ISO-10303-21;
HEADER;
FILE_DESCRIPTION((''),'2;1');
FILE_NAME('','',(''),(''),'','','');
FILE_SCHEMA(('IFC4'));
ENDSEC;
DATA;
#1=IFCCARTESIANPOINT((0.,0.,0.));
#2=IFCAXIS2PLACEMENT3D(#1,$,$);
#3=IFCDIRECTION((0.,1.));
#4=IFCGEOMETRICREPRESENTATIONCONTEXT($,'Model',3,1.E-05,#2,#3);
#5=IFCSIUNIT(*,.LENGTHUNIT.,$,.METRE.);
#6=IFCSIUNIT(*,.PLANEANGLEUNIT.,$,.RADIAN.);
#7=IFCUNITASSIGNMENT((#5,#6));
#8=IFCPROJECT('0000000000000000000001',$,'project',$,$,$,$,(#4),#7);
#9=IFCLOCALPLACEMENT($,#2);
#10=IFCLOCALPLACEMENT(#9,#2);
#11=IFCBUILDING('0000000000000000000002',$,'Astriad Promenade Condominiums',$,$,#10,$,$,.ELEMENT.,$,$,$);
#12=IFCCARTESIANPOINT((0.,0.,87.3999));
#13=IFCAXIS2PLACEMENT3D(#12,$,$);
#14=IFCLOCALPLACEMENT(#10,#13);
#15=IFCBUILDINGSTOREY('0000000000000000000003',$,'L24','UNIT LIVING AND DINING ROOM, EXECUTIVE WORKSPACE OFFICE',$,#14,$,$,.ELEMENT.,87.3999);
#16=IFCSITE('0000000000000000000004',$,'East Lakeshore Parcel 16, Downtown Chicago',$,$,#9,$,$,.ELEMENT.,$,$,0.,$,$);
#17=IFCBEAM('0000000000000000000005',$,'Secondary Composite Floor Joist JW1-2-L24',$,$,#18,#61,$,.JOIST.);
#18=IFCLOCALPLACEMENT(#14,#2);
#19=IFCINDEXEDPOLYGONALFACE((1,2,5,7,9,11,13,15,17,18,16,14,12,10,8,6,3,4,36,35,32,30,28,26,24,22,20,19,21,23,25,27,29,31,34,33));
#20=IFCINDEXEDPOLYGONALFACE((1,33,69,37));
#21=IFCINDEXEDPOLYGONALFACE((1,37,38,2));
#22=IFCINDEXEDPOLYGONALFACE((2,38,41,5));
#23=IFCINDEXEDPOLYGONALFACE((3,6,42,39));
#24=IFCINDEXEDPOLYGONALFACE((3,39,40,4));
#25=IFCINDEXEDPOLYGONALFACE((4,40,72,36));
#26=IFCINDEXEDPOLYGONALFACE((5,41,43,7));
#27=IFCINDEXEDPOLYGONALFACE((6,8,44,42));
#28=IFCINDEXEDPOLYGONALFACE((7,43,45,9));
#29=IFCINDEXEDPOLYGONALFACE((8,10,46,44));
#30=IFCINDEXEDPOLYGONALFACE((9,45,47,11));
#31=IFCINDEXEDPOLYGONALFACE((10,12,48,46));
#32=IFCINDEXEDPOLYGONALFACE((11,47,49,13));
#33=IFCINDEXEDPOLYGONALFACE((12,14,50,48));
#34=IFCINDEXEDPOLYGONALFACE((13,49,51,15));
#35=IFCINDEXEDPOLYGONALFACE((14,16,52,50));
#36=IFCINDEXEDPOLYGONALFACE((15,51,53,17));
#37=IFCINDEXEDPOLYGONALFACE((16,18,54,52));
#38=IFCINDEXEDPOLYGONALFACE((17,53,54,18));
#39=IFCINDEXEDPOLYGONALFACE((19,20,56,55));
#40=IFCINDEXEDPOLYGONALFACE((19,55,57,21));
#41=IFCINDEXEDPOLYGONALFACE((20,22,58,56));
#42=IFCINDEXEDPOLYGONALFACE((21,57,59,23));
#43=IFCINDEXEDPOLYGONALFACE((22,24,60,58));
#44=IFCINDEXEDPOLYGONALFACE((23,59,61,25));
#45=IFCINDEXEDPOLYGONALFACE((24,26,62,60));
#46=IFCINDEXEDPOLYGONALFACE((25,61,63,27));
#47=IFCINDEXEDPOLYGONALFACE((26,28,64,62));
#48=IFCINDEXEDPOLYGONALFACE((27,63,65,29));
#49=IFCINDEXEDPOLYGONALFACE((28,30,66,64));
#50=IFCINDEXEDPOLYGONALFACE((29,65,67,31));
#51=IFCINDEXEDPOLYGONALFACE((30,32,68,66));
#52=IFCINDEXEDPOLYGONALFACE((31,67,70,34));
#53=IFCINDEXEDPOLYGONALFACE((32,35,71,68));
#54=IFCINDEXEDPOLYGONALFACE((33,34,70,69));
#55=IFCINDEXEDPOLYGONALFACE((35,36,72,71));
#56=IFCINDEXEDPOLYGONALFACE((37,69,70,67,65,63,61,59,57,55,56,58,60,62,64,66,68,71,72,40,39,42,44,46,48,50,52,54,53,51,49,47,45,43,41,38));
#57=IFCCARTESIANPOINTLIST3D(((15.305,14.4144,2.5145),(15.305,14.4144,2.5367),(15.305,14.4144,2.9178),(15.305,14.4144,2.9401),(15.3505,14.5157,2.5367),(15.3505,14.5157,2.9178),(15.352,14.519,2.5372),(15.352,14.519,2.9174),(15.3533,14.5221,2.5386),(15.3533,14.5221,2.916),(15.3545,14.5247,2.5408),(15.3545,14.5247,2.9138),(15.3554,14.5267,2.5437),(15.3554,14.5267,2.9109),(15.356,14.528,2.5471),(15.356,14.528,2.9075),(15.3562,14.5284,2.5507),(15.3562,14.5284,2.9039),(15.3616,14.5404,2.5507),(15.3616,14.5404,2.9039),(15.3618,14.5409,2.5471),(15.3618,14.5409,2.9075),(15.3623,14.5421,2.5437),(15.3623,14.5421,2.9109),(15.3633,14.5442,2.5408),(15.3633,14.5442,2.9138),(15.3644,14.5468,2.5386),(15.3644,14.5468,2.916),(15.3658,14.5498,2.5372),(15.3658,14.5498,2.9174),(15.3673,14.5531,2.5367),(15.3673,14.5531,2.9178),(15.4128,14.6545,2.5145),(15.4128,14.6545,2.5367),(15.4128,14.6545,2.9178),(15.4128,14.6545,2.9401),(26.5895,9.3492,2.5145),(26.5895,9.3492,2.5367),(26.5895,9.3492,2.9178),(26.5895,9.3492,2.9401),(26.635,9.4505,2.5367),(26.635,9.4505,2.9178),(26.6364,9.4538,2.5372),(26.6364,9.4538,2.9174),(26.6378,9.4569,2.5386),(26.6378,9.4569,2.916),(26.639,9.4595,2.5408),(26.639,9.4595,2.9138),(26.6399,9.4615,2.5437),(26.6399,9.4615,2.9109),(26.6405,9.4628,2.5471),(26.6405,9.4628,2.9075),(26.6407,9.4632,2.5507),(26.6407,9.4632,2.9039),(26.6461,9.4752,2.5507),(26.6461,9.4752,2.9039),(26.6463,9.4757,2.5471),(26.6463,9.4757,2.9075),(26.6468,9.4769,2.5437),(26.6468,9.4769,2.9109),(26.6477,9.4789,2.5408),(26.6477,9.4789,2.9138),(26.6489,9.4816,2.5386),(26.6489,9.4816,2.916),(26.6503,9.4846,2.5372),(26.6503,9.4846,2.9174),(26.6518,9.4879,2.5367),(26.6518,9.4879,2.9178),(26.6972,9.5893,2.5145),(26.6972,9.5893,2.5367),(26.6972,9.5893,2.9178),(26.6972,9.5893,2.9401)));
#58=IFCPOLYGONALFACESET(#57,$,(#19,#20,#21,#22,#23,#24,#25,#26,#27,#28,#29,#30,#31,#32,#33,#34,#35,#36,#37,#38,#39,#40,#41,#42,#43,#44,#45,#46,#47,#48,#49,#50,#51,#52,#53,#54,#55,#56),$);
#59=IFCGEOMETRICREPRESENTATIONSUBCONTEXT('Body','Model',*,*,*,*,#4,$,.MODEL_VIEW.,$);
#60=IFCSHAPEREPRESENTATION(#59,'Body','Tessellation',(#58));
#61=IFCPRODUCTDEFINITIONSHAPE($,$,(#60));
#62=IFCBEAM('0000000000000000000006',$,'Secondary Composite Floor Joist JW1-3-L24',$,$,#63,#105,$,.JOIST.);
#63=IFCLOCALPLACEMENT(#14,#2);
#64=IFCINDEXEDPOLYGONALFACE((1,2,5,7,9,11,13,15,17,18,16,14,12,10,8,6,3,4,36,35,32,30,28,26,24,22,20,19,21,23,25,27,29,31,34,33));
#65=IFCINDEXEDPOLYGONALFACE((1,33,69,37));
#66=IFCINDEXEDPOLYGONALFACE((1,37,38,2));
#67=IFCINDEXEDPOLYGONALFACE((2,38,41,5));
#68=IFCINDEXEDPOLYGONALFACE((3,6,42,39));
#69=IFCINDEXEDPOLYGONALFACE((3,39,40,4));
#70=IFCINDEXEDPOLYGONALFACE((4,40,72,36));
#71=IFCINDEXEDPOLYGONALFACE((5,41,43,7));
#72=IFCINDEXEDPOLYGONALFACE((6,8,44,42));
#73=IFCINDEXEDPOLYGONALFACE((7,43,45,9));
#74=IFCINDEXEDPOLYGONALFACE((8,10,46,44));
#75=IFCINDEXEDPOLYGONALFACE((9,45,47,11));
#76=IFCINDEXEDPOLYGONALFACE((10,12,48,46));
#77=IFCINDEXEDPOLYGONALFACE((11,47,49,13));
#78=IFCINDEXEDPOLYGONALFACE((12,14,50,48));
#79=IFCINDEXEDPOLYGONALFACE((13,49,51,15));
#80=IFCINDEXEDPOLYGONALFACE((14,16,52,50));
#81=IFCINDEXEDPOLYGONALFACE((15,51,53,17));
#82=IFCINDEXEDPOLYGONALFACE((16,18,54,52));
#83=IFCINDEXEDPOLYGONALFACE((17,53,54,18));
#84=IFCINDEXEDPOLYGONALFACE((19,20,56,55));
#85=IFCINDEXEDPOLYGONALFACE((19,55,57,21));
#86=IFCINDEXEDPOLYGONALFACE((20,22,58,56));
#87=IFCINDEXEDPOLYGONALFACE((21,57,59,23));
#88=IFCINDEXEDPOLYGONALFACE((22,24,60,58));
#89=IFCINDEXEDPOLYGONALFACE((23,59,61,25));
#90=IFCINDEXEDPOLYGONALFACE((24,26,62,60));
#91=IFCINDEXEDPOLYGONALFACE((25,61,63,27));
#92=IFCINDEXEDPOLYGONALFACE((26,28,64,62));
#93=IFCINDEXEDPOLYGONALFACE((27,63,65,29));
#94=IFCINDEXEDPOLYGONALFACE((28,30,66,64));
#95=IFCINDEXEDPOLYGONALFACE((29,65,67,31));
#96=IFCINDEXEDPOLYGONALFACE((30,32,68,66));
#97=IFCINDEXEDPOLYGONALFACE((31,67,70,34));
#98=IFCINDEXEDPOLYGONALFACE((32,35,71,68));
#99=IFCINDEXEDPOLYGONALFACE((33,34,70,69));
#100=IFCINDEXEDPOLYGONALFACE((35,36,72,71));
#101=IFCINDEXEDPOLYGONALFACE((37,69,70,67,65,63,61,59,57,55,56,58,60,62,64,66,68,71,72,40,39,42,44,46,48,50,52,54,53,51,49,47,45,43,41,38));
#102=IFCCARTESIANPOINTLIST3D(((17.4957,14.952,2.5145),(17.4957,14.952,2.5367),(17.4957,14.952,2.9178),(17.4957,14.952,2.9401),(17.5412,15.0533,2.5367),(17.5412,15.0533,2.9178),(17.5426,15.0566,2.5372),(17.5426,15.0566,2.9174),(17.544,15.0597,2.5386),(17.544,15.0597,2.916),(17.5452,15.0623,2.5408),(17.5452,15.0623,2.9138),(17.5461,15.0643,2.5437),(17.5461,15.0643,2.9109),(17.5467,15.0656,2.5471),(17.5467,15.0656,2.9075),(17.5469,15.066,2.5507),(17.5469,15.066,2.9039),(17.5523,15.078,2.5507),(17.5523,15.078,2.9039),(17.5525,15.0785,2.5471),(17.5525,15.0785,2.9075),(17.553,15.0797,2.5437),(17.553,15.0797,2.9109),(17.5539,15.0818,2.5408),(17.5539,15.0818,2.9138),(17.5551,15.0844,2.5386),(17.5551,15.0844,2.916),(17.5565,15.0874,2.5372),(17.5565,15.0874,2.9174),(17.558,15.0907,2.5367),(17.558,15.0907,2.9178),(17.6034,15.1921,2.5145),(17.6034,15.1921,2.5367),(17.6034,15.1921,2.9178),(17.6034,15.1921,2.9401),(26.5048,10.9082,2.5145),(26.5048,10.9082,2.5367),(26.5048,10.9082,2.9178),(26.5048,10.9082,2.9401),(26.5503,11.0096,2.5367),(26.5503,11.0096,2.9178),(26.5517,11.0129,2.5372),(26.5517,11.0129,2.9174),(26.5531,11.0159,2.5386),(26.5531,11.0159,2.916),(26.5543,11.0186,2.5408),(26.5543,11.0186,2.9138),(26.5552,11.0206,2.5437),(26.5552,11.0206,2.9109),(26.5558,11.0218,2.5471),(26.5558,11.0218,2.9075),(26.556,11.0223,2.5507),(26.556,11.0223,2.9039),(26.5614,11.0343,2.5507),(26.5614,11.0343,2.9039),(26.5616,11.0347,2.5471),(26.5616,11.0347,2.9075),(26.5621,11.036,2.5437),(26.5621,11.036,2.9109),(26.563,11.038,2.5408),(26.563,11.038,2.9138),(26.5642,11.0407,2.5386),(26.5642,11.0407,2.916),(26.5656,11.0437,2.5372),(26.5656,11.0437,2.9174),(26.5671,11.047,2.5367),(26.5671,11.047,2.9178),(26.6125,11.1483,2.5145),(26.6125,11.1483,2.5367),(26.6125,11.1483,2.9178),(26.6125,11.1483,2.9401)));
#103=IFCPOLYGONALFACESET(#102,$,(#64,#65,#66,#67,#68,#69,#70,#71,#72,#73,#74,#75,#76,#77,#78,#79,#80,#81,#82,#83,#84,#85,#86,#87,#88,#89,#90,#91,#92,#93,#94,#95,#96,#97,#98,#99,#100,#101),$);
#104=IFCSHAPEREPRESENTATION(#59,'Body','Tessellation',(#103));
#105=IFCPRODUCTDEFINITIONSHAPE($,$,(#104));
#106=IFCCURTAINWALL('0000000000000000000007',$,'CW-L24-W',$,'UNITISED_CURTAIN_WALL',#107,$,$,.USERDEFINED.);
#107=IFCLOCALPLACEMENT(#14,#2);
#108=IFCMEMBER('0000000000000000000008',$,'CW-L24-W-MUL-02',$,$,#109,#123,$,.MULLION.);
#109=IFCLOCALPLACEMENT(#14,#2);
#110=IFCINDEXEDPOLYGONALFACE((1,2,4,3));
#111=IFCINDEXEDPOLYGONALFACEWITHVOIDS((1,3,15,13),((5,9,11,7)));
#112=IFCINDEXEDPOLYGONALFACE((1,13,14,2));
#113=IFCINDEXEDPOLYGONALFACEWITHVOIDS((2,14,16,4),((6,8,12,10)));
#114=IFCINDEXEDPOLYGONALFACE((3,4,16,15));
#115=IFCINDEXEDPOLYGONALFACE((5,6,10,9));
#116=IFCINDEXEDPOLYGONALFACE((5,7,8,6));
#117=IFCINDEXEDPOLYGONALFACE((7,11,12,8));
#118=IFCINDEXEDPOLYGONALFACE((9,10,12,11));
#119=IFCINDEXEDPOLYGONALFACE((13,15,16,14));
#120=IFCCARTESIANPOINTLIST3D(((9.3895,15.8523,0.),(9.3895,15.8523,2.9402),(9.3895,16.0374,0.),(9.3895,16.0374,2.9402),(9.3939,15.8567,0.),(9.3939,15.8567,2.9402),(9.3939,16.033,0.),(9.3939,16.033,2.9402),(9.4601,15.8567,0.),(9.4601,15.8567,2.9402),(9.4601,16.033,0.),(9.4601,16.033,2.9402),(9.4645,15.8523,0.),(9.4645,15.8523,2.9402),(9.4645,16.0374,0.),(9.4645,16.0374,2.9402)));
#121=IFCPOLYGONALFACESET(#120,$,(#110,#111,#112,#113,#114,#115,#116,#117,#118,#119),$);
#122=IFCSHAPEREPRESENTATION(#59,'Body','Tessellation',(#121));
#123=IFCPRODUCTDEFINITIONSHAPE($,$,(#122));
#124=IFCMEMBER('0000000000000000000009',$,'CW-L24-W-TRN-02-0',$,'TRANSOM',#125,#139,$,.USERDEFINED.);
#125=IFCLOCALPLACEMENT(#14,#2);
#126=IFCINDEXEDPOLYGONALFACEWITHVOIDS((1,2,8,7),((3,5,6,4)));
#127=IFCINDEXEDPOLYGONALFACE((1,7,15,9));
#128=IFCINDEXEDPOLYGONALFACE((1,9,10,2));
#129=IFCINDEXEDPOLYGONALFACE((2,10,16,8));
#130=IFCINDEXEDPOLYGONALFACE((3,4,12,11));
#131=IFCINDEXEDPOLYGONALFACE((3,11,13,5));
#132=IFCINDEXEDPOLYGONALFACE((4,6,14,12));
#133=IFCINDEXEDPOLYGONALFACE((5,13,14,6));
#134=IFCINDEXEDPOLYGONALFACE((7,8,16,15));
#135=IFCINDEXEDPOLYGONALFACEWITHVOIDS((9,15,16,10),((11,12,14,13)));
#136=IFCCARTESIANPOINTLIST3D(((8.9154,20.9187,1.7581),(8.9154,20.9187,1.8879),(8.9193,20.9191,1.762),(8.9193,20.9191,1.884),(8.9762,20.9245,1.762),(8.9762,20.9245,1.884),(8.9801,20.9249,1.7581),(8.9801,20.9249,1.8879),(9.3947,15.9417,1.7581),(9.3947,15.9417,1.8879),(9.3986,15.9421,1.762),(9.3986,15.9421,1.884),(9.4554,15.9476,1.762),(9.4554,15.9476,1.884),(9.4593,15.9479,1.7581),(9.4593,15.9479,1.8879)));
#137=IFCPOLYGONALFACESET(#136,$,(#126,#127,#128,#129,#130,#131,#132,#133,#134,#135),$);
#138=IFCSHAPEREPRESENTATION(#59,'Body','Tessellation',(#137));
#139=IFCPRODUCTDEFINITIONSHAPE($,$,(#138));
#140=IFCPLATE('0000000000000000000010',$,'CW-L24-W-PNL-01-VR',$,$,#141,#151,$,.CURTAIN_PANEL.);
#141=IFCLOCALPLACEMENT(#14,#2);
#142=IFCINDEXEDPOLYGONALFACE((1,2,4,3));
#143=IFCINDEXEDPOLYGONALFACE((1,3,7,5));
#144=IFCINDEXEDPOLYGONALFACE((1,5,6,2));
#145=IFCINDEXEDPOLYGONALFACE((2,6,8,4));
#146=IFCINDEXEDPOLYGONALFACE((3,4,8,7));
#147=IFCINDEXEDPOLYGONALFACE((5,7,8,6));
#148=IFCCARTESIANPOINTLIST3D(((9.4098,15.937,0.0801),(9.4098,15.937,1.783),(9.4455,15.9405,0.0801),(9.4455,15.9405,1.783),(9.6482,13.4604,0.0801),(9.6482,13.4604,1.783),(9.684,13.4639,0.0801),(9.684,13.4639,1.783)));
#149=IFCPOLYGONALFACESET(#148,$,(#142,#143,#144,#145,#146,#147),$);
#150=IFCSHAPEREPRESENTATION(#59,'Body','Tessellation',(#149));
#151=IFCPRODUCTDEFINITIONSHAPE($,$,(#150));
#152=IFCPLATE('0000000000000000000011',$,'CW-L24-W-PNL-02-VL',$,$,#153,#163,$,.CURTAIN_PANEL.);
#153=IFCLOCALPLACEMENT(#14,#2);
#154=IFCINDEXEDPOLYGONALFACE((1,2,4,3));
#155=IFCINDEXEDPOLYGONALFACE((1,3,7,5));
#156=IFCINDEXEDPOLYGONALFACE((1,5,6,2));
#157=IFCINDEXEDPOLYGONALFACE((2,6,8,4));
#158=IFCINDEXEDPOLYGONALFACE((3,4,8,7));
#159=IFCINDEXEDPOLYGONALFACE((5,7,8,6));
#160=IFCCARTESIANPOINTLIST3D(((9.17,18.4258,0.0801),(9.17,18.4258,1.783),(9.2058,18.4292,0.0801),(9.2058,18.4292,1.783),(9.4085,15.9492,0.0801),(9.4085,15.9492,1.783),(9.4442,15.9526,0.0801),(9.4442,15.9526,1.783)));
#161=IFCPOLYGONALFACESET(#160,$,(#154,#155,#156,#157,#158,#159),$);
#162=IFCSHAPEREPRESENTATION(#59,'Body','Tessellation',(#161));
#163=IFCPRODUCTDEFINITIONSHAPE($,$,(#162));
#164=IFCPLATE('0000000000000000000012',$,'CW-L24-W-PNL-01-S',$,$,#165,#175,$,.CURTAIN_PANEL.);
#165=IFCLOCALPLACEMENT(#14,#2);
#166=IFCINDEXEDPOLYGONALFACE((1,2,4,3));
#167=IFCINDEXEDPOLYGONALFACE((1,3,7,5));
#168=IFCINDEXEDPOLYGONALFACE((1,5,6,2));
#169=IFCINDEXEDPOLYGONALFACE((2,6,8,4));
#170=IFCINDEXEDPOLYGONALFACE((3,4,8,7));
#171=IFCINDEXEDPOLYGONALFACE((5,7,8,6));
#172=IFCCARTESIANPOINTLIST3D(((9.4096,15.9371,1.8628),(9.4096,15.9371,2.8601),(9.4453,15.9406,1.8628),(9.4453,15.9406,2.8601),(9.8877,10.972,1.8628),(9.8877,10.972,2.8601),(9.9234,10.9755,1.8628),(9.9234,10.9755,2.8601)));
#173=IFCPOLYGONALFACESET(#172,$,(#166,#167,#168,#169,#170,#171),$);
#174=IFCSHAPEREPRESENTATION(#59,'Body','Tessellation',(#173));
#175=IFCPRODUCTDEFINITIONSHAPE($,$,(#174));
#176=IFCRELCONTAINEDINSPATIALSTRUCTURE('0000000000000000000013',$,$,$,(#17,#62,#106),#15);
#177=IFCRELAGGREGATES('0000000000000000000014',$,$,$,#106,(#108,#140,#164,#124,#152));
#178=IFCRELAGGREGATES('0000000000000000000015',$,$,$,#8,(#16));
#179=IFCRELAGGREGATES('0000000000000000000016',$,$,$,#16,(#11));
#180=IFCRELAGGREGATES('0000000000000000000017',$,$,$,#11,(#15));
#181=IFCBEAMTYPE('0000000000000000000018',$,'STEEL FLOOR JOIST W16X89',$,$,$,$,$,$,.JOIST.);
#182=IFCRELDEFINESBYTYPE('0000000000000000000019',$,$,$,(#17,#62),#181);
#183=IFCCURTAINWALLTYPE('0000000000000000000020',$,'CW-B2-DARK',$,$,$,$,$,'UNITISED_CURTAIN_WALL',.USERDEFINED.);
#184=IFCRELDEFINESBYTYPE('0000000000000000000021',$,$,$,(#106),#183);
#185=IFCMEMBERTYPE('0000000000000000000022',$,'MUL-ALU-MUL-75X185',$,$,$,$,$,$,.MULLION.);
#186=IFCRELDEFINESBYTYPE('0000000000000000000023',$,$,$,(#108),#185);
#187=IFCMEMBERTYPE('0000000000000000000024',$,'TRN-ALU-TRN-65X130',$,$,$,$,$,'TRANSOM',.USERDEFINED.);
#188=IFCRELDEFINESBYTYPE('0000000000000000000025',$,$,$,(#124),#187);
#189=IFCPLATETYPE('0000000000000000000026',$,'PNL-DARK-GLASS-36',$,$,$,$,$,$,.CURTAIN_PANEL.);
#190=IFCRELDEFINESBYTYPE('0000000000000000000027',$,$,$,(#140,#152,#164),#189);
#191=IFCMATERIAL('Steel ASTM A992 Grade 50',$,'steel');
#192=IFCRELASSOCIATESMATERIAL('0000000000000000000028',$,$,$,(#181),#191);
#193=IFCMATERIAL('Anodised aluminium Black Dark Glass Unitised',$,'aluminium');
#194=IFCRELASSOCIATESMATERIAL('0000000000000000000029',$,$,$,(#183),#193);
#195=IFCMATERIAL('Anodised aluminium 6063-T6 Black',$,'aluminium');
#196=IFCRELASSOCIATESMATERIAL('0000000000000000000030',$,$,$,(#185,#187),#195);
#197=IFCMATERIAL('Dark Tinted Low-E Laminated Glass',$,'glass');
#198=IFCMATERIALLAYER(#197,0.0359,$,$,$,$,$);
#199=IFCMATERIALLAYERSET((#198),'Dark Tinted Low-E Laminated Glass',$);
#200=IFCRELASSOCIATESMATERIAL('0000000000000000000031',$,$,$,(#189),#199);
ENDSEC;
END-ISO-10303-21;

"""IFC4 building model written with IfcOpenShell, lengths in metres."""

from ifc_helpers import new_model, si_unit, direction, frame, origin, origin_2d, place, context, subcontext, project, spatial, rectangle, hollow_rectangle, i_section, extrude, source, transform, mapped, material, layer, layer_set, material_profile, profile_set, type_object, type_shapes, element, aggregate, save


model = new_model("IFC4")

# Units and contexts
model_context = context("Model", 3, precision=1e-05, world=origin(), true_north=direction((0.0, 1.0)))
body_context = subcontext(model_context, "Body", "Model", "MODEL_VIEW")
ifc_project = project(units=[si_unit("LENGTHUNIT", "METRE"), si_unit("PLANEANGLEUNIT", "RADIAN")], contexts=[model_context])

# Site, building, storey
site_placement = place(None, origin())
site = spatial("IfcSite", under=ifc_project, at=site_placement, Name="East Lakeshore Parcel 16, Downtown Chicago", CompositionType="ELEMENT", RefElevation=0.0)
building_placement = place(site_placement, origin())
building = spatial("IfcBuilding", under=site, at=building_placement, Name="Astriad Promenade Condominiums", CompositionType="ELEMENT")
storey_placement = place(building_placement, frame((0.0, 0.0, 87.3999)))
storey = spatial("IfcBuildingStorey", under=building, at=storey_placement, Name="L24", Description="UNIT LIVING AND DINING ROOM, EXECUTIVE WORKSPACE OFFICE", CompositionType="ELEMENT", Elevation=87.3999)

# Beams
ifc_material_1 = material(Name="Steel ASTM A992 Grade 50", Category="steel")
ifc_material_profile_1 = material_profile(ifc_material_1, i_section(OverallWidth=0.2632, OverallDepth=0.4255, WebThickness=0.0132, FlangeThickness=0.0222, FilletRadius=0.0139, at=origin_2d()), Name="W16X89")
ifc_profile_set_1 = profile_set([ifc_material_profile_1], Name="Steel ASTM A992 Grade 50")
beam_type_1 = type_object("IfcBeamType", Name="STEEL FLOOR JOIST W16X89", PredefinedType="JOIST", material=ifc_profile_set_1)
shared_shape_1 = source(origin(), body_context, "Body", "SweptSolid", [
    extrude(i_section(OverallWidth=0.2632, OverallDepth=0.4255, WebThickness=0.0132, FlangeThickness=0.0222, FilletRadius=0.0139, at=origin_2d()), origin(), (0.0, 0.0, 1.0), 12.3691),
])
beam_1_placement = place(storey_placement, frame((15.3589, 14.5344, 2.7273), z_axis=(0.912309, -0.409504, 0.0), x_axis=(0.409504, 0.912309, 0.0)))
element("IfcBeam", 1, at=beam_1_placement, inside=storey, type_object=beam_type_1, Name="Secondary Composite Floor Joist JW1-2-L24", PredefinedType="JOIST", context=body_context, shape_type="MappedRepresentation", body=[
    mapped(shared_shape_1, transform((0.0, 0.0, 0.0), scale=1.0)),
])
shared_shape_2 = source(origin(), body_context, "Body", "SweptSolid", [
    extrude(i_section(OverallWidth=0.2632, OverallDepth=0.4255, WebThickness=0.0132, FlangeThickness=0.0222, FilletRadius=0.0139, at=origin_2d()), origin(), (0.0, 0.0, 1.0), 9.875),
])
beam_2_placement = place(storey_placement, frame((17.5496, 15.072, 2.7273), z_axis=(0.912314, -0.409492, 0.0), x_axis=(0.409492, 0.912314, 0.0)))
element("IfcBeam", 2, at=beam_2_placement, inside=storey, type_object=beam_type_1, Name="Secondary Composite Floor Joist JW1-3-L24", PredefinedType="JOIST", context=body_context, shape_type="MappedRepresentation", body=[
    mapped(shared_shape_2, transform((0.0, 0.0, 0.0), scale=1.0)),
])

# Curtain wall, members, plates
ifc_material_2 = material(Name="Anodised aluminium Black Dark Glass Unitised", Category="aluminium")
curtain_wall_type = type_object("IfcCurtainWallType", Name="CW-B2-DARK", ElementType="UNITISED_CURTAIN_WALL", PredefinedType="USERDEFINED", material=ifc_material_2)
curtain_wall_placement = place(storey_placement, origin())
curtain_wall = element("IfcCurtainWall", 3, at=curtain_wall_placement, inside=storey, type_object=curtain_wall_type, Name="CW-L24-W", ObjectType="UNITISED_CURTAIN_WALL", PredefinedType="USERDEFINED")
ifc_material_3 = material(Name="Anodised aluminium 6063-T6 Black", Category="aluminium")
ifc_material_profile_2 = material_profile(ifc_material_3, hollow_rectangle(XDim=0.075, YDim=0.1851, WallThickness=0.0044, at=origin_2d()), Name="ALU-MUL-75X185")
ifc_profile_set_2 = profile_set([ifc_material_profile_2], Name="Anodised aluminium 6063-T6 Black")
member_type_1 = type_object("IfcMemberType", Name="MUL-ALU-MUL-75X185", PredefinedType="MULLION", material=ifc_profile_set_2)
shared_shape_3 = source(origin(), body_context, "Body", "SweptSolid", [
    extrude(hollow_rectangle(XDim=0.075, YDim=0.1851, WallThickness=0.0044, at=origin_2d()), origin(), (0.0, 0.0, 1.0), 2.9402),
])
type_shapes(member_type_1, [shared_shape_3])
member_1_placement = place(storey_placement, frame((9.427, 15.9448, 0.0), z_axis=(0.0, 0.0, 1.0), x_axis=(1.0, 0.0, 0.0)))
member_1 = element("IfcMember", 4, at=member_1_placement, type_object=member_type_1, Name="CW-L24-W-MUL-02", PredefinedType="MULLION", context=body_context, shape_type="MappedRepresentation", body=[
    mapped(shared_shape_3, transform((0.0, 0.0, 0.0), scale=1.0)),
])
ifc_material_profile_3 = material_profile(ifc_material_3, hollow_rectangle(XDim=0.0649, YDim=0.1299, WallThickness=0.0039, at=origin_2d()), Name="ALU-TRN-65X130")
ifc_profile_set_3 = profile_set([ifc_material_profile_3], Name="Anodised aluminium 6063-T6 Black")
member_type_2 = type_object("IfcMemberType", Name="TRN-ALU-TRN-65X130", ElementType="TRANSOM", PredefinedType="USERDEFINED", material=ifc_profile_set_3)
shared_shape_4 = source(origin(), body_context, "Body", "SweptSolid", [
    extrude(hollow_rectangle(XDim=0.0649, YDim=0.1299, WallThickness=0.0039, at=origin_2d()), origin(), (0.0, 0.0, 1.0), 5.0),
])
type_shapes(member_type_2, [shared_shape_4])
member_2_placement = place(storey_placement, frame((9.427, 15.9448, 1.823), z_axis=(-0.095848, 0.995396, 0.0), x_axis=(-0.995396, -0.095848, 0.0)))
member_2 = element("IfcMember", 5, at=member_2_placement, type_object=member_type_2, Name="CW-L24-W-TRN-02-0", ObjectType="TRANSOM", PredefinedType="USERDEFINED", context=body_context, shape_type="MappedRepresentation", body=[
    mapped(shared_shape_4, transform((0.0, 0.0, 0.0), scale=1.0)),
])
ifc_material_4 = material(Name="Dark Tinted Low-E Laminated Glass", Category="glass")
ifc_layer_1 = layer(ifc_material_4, 0.0359)
ifc_layer_set_1 = layer_set([ifc_layer_1], Name="Dark Tinted Low-E Laminated Glass")
plate_type = type_object("IfcPlateType", Name="PNL-DARK-GLASS-36", PredefinedType="CURTAIN_PANEL", material=ifc_layer_set_1)
shared_shape_5 = source(origin(), body_context, "Body", "SweptSolid", [
    extrude(rectangle(XDim=2.488, YDim=0.0359, at=origin_2d()), origin(), (0.0, 0.0, 1.0), 1.7029),
])
plate_1_placement = place(storey_placement, frame((9.5469, 14.7004, 0.0801), z_axis=(0.0, 0.0, 1.0), x_axis=(-0.095846, 0.995396, 0.0)))
plate_1 = element("IfcPlate", 6, at=plate_1_placement, type_object=plate_type, Name="CW-L24-W-PNL-01-VR", PredefinedType="CURTAIN_PANEL", context=body_context, shape_type="MappedRepresentation", body=[
    mapped(shared_shape_5, transform((0.0, 0.0, 0.0), scale=1.0)),
])
plate_2_placement = place(storey_placement, frame((9.3071, 17.1892, 0.0801), z_axis=(0.0, 0.0, 1.0), x_axis=(-0.095846, 0.995396, 0.0)))
plate_2 = element("IfcPlate", 7, at=plate_2_placement, type_object=plate_type, Name="CW-L24-W-PNL-02-VL", PredefinedType="CURTAIN_PANEL", context=body_context, shape_type="MappedRepresentation", body=[
    mapped(shared_shape_5, transform((0.0, 0.0, 0.0), scale=1.0)),
])
shared_shape_6 = source(origin(), body_context, "Body", "SweptSolid", [
    extrude(rectangle(XDim=4.988, YDim=0.0359, at=origin_2d()), origin(), (0.0, 0.0, 1.0), 0.9973),
])
type_shapes(plate_type, [shared_shape_5, shared_shape_6])
plate_3_placement = place(storey_placement, frame((9.6665, 13.4563, 1.8628), z_axis=(0.0, 0.0, 1.0), x_axis=(-0.095846, 0.995396, 0.0)))
plate_3 = element("IfcPlate", 8, at=plate_3_placement, type_object=plate_type, Name="CW-L24-W-PNL-01-S", PredefinedType="CURTAIN_PANEL", context=body_context, shape_type="MappedRepresentation", body=[
    mapped(shared_shape_6, transform((0.0, 0.0, 0.0), scale=1.0)),
])
aggregate(curtain_wall, [member_1, plate_1, plate_3, member_2, plate_2])

save(model, "model.ifc")
